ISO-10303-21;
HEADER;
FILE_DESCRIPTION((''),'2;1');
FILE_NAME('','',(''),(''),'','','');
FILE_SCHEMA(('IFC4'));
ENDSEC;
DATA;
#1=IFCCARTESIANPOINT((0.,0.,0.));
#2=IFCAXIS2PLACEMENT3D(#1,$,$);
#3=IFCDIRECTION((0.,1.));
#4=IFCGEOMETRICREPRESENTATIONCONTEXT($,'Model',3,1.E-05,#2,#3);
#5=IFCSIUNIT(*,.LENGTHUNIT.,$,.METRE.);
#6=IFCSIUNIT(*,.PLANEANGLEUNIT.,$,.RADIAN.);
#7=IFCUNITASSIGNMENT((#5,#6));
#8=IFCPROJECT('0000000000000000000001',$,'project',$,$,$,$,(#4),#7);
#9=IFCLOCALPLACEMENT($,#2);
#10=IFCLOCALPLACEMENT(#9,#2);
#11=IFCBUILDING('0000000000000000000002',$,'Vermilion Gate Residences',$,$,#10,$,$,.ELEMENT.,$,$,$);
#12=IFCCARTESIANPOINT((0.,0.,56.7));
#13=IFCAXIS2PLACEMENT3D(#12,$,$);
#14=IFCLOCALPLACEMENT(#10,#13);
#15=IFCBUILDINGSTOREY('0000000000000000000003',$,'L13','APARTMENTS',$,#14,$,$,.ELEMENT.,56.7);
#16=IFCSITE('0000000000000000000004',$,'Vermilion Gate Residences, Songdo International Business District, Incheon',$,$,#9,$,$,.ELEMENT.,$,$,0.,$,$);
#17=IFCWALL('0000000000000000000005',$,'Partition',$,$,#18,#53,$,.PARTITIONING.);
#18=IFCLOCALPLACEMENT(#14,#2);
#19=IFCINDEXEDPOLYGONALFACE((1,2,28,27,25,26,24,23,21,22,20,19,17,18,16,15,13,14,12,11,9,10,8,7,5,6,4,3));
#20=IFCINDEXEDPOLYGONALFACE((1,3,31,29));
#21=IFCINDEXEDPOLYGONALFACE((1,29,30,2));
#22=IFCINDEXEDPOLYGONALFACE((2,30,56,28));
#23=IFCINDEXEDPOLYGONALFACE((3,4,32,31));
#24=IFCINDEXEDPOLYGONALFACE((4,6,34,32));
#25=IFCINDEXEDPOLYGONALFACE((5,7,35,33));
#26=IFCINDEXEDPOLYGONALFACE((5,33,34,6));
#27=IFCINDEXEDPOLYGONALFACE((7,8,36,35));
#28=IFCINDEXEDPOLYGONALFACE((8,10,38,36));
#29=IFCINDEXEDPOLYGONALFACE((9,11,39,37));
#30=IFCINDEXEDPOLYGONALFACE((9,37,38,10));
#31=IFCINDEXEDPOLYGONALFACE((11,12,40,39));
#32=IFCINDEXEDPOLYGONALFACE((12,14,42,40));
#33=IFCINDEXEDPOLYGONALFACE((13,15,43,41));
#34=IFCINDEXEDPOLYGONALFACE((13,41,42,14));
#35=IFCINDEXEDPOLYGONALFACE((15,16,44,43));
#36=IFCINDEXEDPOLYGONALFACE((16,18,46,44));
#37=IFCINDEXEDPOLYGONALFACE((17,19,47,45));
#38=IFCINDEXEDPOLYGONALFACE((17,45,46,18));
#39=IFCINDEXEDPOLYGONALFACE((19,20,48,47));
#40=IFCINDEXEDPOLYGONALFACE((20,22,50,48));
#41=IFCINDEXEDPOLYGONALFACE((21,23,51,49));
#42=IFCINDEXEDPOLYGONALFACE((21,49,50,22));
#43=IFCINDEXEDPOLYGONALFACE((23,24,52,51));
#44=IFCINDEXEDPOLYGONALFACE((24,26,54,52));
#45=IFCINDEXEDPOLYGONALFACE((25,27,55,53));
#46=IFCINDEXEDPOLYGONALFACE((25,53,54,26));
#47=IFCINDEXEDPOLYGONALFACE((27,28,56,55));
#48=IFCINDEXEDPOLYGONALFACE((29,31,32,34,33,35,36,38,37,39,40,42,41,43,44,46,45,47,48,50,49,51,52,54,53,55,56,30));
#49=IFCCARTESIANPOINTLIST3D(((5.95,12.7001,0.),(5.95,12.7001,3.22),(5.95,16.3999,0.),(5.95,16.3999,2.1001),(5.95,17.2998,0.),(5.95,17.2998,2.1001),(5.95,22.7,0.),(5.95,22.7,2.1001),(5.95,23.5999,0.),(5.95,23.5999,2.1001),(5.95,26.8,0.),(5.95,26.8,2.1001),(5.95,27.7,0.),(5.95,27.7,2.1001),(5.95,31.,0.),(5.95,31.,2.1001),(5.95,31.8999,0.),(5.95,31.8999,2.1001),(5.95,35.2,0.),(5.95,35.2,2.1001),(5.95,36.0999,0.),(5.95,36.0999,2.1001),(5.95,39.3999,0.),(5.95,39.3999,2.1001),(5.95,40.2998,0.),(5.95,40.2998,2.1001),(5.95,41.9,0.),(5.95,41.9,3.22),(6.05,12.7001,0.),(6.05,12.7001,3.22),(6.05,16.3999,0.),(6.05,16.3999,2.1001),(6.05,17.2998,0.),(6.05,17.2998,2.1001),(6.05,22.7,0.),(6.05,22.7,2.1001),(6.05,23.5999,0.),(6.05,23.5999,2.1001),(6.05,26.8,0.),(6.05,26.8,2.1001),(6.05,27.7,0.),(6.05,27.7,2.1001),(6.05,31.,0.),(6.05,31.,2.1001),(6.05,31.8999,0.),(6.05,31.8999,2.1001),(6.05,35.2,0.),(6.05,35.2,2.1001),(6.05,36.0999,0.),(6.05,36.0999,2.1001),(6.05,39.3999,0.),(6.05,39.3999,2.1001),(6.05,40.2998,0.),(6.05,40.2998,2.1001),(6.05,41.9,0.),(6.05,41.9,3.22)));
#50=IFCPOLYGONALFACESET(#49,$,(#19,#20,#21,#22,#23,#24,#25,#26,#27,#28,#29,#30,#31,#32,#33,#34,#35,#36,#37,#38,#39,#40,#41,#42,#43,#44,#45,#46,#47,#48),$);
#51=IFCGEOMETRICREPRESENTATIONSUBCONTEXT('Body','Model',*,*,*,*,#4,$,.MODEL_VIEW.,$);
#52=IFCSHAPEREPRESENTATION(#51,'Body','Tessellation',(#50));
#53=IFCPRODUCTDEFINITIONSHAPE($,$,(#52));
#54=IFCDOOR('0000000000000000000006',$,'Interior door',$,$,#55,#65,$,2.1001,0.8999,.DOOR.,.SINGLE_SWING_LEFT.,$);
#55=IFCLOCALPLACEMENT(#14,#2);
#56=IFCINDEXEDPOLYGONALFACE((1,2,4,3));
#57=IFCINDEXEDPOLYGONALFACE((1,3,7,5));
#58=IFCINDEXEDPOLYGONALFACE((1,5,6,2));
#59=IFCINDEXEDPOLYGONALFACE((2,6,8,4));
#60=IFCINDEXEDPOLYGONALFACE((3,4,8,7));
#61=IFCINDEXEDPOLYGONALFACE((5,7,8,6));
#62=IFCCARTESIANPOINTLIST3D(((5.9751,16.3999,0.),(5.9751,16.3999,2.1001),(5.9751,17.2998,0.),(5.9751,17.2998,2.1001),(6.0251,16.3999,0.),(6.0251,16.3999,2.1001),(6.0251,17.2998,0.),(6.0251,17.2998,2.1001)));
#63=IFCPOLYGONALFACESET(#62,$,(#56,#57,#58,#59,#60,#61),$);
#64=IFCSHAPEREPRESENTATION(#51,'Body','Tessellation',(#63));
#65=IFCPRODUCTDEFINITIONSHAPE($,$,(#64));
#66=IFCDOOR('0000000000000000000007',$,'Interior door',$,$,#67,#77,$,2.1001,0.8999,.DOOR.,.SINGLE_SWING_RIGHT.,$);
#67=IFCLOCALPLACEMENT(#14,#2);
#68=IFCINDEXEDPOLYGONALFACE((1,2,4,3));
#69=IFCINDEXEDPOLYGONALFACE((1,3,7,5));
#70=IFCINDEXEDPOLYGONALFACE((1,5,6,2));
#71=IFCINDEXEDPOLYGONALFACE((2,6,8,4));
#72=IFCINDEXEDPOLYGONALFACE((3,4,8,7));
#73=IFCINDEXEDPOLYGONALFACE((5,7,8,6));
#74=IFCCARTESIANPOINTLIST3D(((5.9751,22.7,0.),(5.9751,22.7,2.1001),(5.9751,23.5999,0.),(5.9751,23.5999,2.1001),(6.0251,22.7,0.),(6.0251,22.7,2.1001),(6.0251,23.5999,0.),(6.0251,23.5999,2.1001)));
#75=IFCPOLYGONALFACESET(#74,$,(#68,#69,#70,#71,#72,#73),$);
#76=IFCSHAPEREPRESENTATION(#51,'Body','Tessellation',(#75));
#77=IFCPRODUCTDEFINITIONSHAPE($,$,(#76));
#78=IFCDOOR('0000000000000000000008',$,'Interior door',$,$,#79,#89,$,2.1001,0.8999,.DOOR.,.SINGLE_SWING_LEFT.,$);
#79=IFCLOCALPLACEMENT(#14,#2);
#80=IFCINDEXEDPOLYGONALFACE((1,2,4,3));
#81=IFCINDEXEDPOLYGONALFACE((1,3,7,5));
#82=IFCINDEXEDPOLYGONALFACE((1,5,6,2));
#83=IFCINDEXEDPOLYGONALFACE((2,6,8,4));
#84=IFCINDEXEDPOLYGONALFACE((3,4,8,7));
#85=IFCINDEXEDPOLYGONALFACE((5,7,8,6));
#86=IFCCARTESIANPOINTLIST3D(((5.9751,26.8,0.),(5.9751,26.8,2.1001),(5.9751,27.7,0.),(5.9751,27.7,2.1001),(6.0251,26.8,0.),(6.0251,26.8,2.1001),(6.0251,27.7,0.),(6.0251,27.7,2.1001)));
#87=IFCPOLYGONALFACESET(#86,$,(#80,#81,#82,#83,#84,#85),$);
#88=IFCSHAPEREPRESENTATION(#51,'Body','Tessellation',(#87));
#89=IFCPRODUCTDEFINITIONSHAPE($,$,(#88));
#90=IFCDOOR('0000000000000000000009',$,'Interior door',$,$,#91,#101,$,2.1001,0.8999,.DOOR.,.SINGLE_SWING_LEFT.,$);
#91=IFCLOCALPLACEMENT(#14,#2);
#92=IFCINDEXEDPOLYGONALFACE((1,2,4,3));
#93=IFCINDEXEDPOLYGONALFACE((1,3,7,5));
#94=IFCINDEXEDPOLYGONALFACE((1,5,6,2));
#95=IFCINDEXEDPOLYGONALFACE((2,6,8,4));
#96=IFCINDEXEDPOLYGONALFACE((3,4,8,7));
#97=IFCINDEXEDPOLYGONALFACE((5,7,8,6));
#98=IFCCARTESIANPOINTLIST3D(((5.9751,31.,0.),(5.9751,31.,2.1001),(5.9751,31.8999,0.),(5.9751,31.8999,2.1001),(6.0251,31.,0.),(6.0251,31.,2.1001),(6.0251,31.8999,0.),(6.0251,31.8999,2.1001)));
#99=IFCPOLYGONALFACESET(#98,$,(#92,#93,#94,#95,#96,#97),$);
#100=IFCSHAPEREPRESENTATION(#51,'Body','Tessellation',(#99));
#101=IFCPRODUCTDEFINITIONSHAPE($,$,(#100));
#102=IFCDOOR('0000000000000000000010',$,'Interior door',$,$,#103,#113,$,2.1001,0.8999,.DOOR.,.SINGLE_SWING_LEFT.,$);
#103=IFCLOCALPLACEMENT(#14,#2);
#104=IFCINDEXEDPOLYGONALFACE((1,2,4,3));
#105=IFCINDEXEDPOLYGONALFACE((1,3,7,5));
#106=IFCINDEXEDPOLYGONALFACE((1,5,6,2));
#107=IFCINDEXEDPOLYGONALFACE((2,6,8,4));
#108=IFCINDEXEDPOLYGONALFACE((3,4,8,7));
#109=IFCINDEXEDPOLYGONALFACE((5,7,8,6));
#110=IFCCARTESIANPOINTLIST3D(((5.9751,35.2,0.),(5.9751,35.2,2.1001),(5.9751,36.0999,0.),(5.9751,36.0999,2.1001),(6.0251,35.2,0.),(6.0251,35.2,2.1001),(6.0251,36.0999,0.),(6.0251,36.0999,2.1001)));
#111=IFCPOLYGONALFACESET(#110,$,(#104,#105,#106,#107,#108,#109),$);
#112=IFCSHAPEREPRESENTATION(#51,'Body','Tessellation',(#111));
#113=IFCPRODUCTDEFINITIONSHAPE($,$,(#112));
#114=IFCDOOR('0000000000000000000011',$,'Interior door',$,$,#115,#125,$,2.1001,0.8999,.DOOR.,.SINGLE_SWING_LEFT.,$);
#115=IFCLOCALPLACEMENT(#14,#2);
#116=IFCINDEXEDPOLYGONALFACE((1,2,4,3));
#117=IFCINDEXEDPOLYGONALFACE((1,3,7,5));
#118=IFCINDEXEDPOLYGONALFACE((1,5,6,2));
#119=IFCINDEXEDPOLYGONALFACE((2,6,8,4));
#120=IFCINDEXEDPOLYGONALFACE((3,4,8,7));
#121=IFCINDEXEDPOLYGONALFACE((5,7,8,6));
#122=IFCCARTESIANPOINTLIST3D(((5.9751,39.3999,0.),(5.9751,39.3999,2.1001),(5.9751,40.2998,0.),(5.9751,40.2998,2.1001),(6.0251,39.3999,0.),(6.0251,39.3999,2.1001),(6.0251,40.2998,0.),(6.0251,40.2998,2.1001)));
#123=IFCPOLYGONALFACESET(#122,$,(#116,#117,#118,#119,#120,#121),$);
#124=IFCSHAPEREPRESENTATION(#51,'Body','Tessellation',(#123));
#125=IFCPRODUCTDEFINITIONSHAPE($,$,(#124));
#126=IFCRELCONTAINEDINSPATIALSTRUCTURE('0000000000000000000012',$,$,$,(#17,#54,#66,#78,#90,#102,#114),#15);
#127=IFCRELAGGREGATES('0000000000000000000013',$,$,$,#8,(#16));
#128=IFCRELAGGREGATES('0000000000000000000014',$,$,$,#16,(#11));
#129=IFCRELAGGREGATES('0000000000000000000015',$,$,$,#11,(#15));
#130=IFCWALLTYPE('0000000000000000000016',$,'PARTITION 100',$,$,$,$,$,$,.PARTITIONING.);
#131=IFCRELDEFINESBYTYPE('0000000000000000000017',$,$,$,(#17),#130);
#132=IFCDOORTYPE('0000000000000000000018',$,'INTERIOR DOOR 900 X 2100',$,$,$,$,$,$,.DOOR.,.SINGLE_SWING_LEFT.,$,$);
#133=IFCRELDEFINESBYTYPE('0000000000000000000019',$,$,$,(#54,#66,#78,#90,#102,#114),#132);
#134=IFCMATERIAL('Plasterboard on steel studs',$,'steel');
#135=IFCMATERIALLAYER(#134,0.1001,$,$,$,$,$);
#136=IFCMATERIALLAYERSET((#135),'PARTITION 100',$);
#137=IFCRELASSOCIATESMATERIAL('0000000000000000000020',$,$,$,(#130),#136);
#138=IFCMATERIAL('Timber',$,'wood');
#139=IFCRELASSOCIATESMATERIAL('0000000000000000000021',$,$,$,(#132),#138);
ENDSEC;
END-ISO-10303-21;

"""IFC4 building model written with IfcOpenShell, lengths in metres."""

from ifc_helpers import new_model, si_unit, direction, frame, frame_2d, origin, place, context, subcontext, project, spatial, rectangle, extrude, material, layer, layer_set, type_object, element, fill, save


model = new_model("IFC4")

# Units and contexts
model_context = context("Model", 3, precision=1e-05, world=origin(), true_north=direction((0.0, 1.0)))
body_context = subcontext(model_context, "Body", "Model", "MODEL_VIEW")
ifc_project = project(units=[si_unit("LENGTHUNIT", "METRE"), si_unit("PLANEANGLEUNIT", "RADIAN")], contexts=[model_context])

# Site, building, storey
site_placement = place(None, origin())
site = spatial("IfcSite", under=ifc_project, at=site_placement, Name="Vermilion Gate Residences, Songdo International Business District, Incheon", CompositionType="ELEMENT", RefElevation=0.0)
building_placement = place(site_placement, origin())
building = spatial("IfcBuilding", under=site, at=building_placement, Name="Vermilion Gate Residences", CompositionType="ELEMENT")
storey_placement = place(building_placement, frame((0.0, 0.0, 56.7)))
storey = spatial("IfcBuildingStorey", under=building, at=storey_placement, Name="L13", Description="APARTMENTS", CompositionType="ELEMENT", Elevation=56.7)

# Shared definitions
ifc_material_1 = material(Name="Plasterboard on steel studs", Category="steel")
ifc_layer_1 = layer(ifc_material_1, 0.1001)
ifc_layer_set_1 = layer_set([ifc_layer_1], Name="PARTITION 100")
wall_type_1 = type_object("IfcWallType", Name="PARTITION 100", PredefinedType="PARTITIONING", material=ifc_layer_set_1)

# Wall, openings, doors
wall_1_placement = place(storey_placement, frame((6.0, 12.7, 0.0), z_axis=(0.0, 0.0, 1.0), x_axis=(0.0, 1.0, 0.0)))
wall_1 = element("IfcWall", 1, at=wall_1_placement, inside=storey, type_object=wall_type_1, Name="Partition", PredefinedType="PARTITIONING", context=body_context, shape_type="SweptSolid", body=[
    extrude(rectangle(XDim=29.2, YDim=0.1001, at=frame_2d((14.6001, 0.0))), origin(), (0.0, 0.0, 1.0), 3.22),
])
opening_1_placement = place(wall_1_placement, frame((3.7, 0.0, 0.0)))
opening_1 = element("IfcOpeningElement", 2, at=opening_1_placement, cuts=wall_1, PredefinedType="OPENING", context=body_context, shape_type="SweptSolid", body=[
    extrude(rectangle(XDim=0.8999, YDim=2.1001, at=frame_2d((0.45, 1.05))), frame((0.0, 0.0601, 0.0), z_axis=(0.0, -1.0, 0.0), x_axis=(1.0, 0.0, 0.0)), (0.0, 0.0, 1.0), 0.1201),
])
opening_2_placement = place(wall_1_placement, frame((10.0, 0.0, 0.0)))
opening_2 = element("IfcOpeningElement", 3, at=opening_2_placement, cuts=wall_1, PredefinedType="OPENING", context=body_context, shape_type="SweptSolid", body=[
    extrude(rectangle(XDim=0.8999, YDim=2.1001, at=frame_2d((0.45, 1.05))), frame((0.0, 0.0601, 0.0), z_axis=(0.0, -1.0, 0.0), x_axis=(1.0, 0.0, 0.0)), (0.0, 0.0, 1.0), 0.1201),
])
opening_3_placement = place(wall_1_placement, frame((14.1001, 0.0, 0.0)))
opening_3 = element("IfcOpeningElement", 4, at=opening_3_placement, cuts=wall_1, PredefinedType="OPENING", context=body_context, shape_type="SweptSolid", body=[
    extrude(rectangle(XDim=0.8999, YDim=2.1001, at=frame_2d((0.45, 1.05))), frame((0.0, 0.0601, 0.0), z_axis=(0.0, -1.0, 0.0), x_axis=(1.0, 0.0, 0.0)), (0.0, 0.0, 1.0), 0.1201),
])
opening_4_placement = place(wall_1_placement, frame((18.3, 0.0, 0.0)))
opening_4 = element("IfcOpeningElement", 5, at=opening_4_placement, cuts=wall_1, PredefinedType="OPENING", context=body_context, shape_type="SweptSolid", body=[
    extrude(rectangle(XDim=0.8999, YDim=2.1001, at=frame_2d((0.45, 1.05))), frame((0.0, 0.0601, 0.0), z_axis=(0.0, -1.0, 0.0), x_axis=(1.0, 0.0, 0.0)), (0.0, 0.0, 1.0), 0.1201),
])
opening_5_placement = place(wall_1_placement, frame((22.5, 0.0, 0.0)))
opening_5 = element("IfcOpeningElement", 6, at=opening_5_placement, cuts=wall_1, PredefinedType="OPENING", context=body_context, shape_type="SweptSolid", body=[
    extrude(rectangle(XDim=0.8999, YDim=2.1001, at=frame_2d((0.45, 1.05))), frame((0.0, 0.0601, 0.0), z_axis=(0.0, -1.0, 0.0), x_axis=(1.0, 0.0, 0.0)), (0.0, 0.0, 1.0), 0.1201),
])
opening_6_placement = place(wall_1_placement, frame((26.7, 0.0, 0.0)))
opening_6 = element("IfcOpeningElement", 7, at=opening_6_placement, cuts=wall_1, PredefinedType="OPENING", context=body_context, shape_type="SweptSolid", body=[
    extrude(rectangle(XDim=0.8999, YDim=2.1001, at=frame_2d((0.45, 1.05))), frame((0.0, 0.0601, 0.0), z_axis=(0.0, -1.0, 0.0), x_axis=(1.0, 0.0, 0.0)), (0.0, 0.0, 1.0), 0.1201),
])
ifc_material_2 = material(Name="Timber", Category="wood")
door_type = type_object("IfcDoorType", Name="INTERIOR DOOR 900 X 2100", OperationType="SINGLE_SWING_LEFT", PredefinedType="DOOR", material=ifc_material_2)
door_1_placement = place(opening_1_placement, origin())
door_1 = element("IfcDoor", 8, at=door_1_placement, inside=storey, type_object=door_type, Name="Interior door", OperationType="SINGLE_SWING_LEFT", OverallHeight=2.1001, OverallWidth=0.8999, PredefinedType="DOOR", context=body_context, shape_type="SweptSolid", body=[
    extrude(rectangle(XDim=0.8999, YDim=2.1001, at=frame_2d((0.45, 1.05))), frame((0.0, 0.0249, 0.0), z_axis=(0.0, -1.0, 0.0), x_axis=(1.0, 0.0, 0.0)), (0.0, 0.0, 1.0), 0.05),
])
fill(opening_1, door_1)
door_2_placement = place(opening_2_placement, origin())
door_2 = element("IfcDoor", 9, at=door_2_placement, inside=storey, type_object=door_type, Name="Interior door", OperationType="SINGLE_SWING_RIGHT", OverallHeight=2.1001, OverallWidth=0.8999, PredefinedType="DOOR", context=body_context, shape_type="SweptSolid", body=[
    extrude(rectangle(XDim=0.8999, YDim=2.1001, at=frame_2d((0.45, 1.05))), frame((0.0, 0.0249, 0.0), z_axis=(0.0, -1.0, 0.0), x_axis=(1.0, 0.0, 0.0)), (0.0, 0.0, 1.0), 0.05),
])
fill(opening_2, door_2)
door_3_placement = place(opening_3_placement, origin())
door_3 = element("IfcDoor", 10, at=door_3_placement, inside=storey, type_object=door_type, Name="Interior door", OperationType="SINGLE_SWING_LEFT", OverallHeight=2.1001, OverallWidth=0.8999, PredefinedType="DOOR", context=body_context, shape_type="SweptSolid", body=[
    extrude(rectangle(XDim=0.8999, YDim=2.1001, at=frame_2d((0.45, 1.05))), frame((0.0, 0.0249, 0.0), z_axis=(0.0, -1.0, 0.0), x_axis=(1.0, 0.0, 0.0)), (0.0, 0.0, 1.0), 0.05),
])
fill(opening_3, door_3)
door_4_placement = place(opening_4_placement, origin())
door_4 = element("IfcDoor", 11, at=door_4_placement, inside=storey, type_object=door_type, Name="Interior door", OperationType="SINGLE_SWING_LEFT", OverallHeight=2.1001, OverallWidth=0.8999, PredefinedType="DOOR", context=body_context, shape_type="SweptSolid", body=[
    extrude(rectangle(XDim=0.8999, YDim=2.1001, at=frame_2d((0.45, 1.05))), frame((0.0, 0.0249, 0.0), z_axis=(0.0, -1.0, 0.0), x_axis=(1.0, 0.0, 0.0)), (0.0, 0.0, 1.0), 0.05),
])
fill(opening_4, door_4)
door_5_placement = place(opening_5_placement, origin())
door_5 = element("IfcDoor", 12, at=door_5_placement, inside=storey, type_object=door_type, Name="Interior door", OperationType="SINGLE_SWING_LEFT", OverallHeight=2.1001, OverallWidth=0.8999, PredefinedType="DOOR", context=body_context, shape_type="SweptSolid", body=[
    extrude(rectangle(XDim=0.8999, YDim=2.1001, at=frame_2d((0.45, 1.05))), frame((0.0, 0.0249, 0.0), z_axis=(0.0, -1.0, 0.0), x_axis=(1.0, 0.0, 0.0)), (0.0, 0.0, 1.0), 0.05),
])
fill(opening_5, door_5)
door_6_placement = place(opening_6_placement, origin())
door_6 = element("IfcDoor", 13, at=door_6_placement, inside=storey, type_object=door_type, Name="Interior door", OperationType="SINGLE_SWING_LEFT", OverallHeight=2.1001, OverallWidth=0.8999, PredefinedType="DOOR", context=body_context, shape_type="SweptSolid", body=[
    extrude(rectangle(XDim=0.8999, YDim=2.1001, at=frame_2d((0.45, 1.05))), frame((0.0, 0.0249, 0.0), z_axis=(0.0, -1.0, 0.0), x_axis=(1.0, 0.0, 0.0)), (0.0, 0.0, 1.0), 0.05),
])
fill(opening_6, door_6)

save(model, "model.ifc")
